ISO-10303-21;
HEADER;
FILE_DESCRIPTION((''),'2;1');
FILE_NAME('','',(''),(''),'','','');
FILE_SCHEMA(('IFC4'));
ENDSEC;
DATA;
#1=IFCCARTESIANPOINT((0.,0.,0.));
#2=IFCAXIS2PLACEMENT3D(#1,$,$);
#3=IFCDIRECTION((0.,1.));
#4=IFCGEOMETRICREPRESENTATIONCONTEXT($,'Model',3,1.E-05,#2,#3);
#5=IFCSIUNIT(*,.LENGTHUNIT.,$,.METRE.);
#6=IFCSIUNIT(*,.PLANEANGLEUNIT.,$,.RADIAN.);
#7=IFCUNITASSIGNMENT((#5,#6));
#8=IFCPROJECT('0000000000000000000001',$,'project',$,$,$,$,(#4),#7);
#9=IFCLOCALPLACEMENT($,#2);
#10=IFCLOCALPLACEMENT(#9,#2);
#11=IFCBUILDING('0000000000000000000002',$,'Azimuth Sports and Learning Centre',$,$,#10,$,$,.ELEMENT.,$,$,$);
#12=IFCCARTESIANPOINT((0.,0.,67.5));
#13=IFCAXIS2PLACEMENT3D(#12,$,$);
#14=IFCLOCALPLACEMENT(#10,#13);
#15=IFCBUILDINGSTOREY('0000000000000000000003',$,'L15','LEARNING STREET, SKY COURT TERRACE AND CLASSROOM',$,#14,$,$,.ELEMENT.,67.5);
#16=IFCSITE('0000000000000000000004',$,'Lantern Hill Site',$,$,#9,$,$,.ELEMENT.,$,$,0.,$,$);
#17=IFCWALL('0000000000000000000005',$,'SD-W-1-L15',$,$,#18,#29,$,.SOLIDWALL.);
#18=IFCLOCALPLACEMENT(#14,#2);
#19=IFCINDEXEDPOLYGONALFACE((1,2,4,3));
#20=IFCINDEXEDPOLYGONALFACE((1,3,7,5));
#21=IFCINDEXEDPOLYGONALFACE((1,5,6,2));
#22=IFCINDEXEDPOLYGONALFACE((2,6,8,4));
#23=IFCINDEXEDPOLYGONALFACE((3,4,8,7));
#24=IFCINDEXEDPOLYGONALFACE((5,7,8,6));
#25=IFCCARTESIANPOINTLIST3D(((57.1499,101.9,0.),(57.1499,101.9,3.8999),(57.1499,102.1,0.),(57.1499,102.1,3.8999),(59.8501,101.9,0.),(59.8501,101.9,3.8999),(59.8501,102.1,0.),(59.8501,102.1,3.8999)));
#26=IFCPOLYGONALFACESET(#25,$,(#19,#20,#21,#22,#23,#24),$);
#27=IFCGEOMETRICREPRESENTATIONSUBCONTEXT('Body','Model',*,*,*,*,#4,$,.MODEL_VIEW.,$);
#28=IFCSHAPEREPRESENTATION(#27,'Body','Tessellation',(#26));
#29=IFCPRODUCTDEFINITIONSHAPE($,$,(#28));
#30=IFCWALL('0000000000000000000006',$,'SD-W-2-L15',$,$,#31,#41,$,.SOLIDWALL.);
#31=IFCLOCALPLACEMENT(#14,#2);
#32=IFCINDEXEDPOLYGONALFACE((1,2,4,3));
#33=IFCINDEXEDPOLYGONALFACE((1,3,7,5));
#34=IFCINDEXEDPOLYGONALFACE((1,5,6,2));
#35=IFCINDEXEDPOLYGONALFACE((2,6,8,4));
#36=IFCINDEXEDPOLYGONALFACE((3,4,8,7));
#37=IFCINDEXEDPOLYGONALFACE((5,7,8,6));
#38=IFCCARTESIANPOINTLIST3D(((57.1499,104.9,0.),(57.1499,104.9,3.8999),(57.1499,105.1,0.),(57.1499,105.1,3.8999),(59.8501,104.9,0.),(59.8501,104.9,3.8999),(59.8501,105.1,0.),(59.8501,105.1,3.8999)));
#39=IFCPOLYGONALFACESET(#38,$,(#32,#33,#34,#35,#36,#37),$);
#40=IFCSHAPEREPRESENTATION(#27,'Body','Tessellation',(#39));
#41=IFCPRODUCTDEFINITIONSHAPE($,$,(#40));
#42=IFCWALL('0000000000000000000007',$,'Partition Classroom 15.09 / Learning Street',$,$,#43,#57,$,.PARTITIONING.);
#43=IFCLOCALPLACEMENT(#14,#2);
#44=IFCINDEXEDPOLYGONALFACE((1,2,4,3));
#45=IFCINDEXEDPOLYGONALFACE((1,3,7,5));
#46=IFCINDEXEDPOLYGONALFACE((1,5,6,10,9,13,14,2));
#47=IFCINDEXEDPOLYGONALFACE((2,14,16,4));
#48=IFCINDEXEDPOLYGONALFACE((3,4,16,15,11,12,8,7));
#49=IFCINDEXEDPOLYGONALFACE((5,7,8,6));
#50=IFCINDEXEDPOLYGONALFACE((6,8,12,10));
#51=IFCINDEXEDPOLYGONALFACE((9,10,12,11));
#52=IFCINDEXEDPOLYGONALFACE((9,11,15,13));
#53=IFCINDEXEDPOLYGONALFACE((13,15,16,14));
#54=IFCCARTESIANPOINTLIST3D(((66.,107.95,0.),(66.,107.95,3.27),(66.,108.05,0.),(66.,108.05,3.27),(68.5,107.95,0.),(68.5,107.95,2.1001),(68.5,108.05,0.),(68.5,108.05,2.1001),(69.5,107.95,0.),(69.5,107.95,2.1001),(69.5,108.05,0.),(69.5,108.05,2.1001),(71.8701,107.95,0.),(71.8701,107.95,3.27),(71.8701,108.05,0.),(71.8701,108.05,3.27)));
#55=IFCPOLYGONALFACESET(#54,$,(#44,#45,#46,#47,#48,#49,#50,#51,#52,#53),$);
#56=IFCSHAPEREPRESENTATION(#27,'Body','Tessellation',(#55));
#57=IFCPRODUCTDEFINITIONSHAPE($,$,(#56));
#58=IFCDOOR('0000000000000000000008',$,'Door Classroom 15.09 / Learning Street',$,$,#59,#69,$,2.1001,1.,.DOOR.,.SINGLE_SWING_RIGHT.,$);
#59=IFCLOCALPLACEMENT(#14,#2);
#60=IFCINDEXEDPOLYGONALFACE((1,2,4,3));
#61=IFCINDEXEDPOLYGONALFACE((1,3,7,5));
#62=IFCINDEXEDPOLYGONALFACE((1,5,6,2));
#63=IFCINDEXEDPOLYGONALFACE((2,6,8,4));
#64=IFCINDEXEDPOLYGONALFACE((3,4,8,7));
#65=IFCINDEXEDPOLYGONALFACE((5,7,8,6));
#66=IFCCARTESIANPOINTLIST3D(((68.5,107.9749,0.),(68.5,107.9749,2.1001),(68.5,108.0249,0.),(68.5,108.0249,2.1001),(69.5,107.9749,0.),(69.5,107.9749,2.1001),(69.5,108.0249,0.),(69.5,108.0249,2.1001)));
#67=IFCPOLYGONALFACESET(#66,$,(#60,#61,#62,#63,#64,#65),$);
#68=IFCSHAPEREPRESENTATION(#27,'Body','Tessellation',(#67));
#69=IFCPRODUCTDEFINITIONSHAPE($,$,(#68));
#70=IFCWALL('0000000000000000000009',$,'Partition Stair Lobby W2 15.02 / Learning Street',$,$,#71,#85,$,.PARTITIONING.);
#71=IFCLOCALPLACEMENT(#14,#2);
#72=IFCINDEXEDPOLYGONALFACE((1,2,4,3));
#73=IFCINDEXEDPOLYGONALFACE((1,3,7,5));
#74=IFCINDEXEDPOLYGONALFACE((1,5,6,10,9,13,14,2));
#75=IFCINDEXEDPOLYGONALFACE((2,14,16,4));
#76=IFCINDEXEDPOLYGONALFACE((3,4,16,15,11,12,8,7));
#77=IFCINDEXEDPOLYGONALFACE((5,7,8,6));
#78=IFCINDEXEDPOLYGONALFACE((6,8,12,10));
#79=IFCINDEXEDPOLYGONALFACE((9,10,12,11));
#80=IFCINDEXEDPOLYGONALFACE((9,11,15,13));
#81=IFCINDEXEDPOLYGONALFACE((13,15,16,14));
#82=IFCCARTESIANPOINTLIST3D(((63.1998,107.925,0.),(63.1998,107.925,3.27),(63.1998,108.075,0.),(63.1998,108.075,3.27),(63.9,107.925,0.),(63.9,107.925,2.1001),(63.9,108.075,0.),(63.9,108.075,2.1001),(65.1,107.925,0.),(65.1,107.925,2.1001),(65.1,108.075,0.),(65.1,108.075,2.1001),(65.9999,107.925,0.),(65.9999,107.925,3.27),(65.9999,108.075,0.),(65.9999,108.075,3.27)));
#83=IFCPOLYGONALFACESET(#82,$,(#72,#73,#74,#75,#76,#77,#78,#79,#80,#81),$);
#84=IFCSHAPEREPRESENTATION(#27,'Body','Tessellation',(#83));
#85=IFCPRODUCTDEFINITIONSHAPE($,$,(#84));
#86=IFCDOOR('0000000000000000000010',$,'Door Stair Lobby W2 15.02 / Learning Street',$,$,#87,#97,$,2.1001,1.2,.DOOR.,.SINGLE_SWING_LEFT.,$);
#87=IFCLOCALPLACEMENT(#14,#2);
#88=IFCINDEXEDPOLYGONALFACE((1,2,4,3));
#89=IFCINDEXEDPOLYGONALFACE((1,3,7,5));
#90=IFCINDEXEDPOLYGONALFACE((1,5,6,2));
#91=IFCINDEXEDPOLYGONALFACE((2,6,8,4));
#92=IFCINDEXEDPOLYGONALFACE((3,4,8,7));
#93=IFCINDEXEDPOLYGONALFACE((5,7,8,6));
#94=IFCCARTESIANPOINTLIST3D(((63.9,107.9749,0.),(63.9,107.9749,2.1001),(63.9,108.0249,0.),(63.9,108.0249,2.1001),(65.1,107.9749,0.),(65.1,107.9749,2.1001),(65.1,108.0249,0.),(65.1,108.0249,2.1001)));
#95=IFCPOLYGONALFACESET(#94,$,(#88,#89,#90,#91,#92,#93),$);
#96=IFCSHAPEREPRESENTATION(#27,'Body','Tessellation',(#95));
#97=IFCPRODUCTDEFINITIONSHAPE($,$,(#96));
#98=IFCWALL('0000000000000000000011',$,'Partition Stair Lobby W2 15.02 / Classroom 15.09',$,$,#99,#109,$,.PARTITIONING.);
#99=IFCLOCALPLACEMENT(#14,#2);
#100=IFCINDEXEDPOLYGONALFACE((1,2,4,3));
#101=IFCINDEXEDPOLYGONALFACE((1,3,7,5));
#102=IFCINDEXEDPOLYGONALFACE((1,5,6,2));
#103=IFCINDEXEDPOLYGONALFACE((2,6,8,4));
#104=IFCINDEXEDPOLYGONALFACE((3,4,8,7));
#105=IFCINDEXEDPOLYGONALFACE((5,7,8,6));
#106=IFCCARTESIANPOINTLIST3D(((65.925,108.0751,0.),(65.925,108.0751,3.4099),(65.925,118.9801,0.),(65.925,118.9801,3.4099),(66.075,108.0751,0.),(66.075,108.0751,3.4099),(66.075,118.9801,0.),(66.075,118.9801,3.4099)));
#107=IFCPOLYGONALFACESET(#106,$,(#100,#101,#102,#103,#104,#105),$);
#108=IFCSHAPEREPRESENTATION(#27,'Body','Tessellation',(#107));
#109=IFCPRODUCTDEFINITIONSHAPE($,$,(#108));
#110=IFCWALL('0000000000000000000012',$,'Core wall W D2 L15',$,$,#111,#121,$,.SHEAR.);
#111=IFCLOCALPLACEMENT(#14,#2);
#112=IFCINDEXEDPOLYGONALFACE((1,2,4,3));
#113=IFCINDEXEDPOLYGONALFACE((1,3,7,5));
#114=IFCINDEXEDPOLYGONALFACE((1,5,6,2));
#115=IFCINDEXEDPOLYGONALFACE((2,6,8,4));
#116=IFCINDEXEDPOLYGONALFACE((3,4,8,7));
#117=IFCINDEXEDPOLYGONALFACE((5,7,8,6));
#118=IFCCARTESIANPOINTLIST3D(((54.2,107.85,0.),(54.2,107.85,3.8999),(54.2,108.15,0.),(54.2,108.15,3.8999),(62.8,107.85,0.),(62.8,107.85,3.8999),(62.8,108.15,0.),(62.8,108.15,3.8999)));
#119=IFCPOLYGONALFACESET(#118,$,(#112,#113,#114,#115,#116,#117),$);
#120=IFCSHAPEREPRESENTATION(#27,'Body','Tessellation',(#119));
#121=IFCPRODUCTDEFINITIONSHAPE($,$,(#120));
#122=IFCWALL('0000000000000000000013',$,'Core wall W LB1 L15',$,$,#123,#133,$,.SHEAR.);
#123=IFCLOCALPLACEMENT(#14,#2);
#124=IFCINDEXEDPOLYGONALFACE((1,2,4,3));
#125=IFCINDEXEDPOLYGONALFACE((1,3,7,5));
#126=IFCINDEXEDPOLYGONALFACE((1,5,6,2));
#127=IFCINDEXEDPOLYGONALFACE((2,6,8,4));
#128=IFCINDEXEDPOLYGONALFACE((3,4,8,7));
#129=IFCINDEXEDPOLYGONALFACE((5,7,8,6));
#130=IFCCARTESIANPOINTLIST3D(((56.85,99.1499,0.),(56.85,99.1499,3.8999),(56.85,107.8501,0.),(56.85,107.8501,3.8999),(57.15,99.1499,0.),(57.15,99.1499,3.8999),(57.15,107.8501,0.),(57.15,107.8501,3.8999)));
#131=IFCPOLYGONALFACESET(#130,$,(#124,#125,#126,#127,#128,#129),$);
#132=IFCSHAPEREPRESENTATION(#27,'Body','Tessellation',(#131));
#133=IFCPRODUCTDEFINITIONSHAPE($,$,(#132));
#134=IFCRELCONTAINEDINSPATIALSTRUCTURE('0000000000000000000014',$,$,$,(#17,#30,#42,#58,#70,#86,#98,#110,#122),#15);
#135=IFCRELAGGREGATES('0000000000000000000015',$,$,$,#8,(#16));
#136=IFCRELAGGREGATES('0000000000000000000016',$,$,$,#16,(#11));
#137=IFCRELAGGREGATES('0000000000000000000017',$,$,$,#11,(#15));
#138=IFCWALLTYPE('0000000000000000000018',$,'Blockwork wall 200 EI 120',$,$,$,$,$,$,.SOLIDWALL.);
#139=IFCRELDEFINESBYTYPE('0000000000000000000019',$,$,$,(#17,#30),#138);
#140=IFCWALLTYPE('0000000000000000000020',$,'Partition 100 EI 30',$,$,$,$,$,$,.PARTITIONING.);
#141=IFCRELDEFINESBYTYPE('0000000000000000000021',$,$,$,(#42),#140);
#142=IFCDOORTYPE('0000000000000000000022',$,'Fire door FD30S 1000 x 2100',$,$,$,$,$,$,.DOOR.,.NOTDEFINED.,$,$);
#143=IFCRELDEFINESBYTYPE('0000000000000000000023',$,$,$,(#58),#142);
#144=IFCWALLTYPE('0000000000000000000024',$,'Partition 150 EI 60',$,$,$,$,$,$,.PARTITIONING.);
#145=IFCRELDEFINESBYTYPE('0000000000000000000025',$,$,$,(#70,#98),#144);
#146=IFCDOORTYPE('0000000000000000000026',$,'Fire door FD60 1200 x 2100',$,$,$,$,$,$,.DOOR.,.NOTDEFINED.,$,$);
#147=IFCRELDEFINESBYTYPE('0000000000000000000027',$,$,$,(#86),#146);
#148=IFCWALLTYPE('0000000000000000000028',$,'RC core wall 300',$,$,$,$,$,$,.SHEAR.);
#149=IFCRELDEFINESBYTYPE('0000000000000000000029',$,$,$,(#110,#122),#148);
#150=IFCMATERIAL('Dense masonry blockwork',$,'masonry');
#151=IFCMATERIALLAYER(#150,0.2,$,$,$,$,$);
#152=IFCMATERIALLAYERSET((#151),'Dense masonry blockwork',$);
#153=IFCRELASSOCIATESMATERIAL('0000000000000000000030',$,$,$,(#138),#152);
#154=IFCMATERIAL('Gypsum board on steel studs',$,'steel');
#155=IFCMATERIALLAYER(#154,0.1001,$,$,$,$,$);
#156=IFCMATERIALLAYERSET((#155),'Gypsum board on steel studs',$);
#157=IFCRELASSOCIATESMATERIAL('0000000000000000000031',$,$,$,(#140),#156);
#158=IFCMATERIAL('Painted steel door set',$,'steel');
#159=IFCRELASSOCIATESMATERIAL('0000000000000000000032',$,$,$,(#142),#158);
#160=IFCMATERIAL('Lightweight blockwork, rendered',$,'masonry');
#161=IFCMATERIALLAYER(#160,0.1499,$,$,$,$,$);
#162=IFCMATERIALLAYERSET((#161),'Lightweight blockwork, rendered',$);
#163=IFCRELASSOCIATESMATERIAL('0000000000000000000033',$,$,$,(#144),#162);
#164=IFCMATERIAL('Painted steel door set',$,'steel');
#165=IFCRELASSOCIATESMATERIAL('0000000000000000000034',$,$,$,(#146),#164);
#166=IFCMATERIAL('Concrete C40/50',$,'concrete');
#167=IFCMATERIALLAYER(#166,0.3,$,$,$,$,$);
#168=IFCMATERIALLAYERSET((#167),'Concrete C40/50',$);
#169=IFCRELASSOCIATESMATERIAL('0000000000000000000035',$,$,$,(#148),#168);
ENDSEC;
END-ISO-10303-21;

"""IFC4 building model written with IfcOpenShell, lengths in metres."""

from ifc_helpers import new_model, si_unit, direction, frame, frame_2d, origin, place, context, subcontext, project, spatial, rectangle, extrude, material, layer, layer_set, type_object, element, fill, save


model = new_model("IFC4")

# Units and contexts
model_context = context("Model", 3, precision=1e-05, world=origin(), true_north=direction((0.0, 1.0)))
body_context = subcontext(model_context, "Body", "Model", "MODEL_VIEW")
ifc_project = project(units=[si_unit("LENGTHUNIT", "METRE"), si_unit("PLANEANGLEUNIT", "RADIAN")], contexts=[model_context])

# Site, building, storey
site_placement = place(None, origin())
site = spatial("IfcSite", under=ifc_project, at=site_placement, Name="Lantern Hill Site", CompositionType="ELEMENT", RefElevation=0.0)
building_placement = place(site_placement, origin())
building = spatial("IfcBuilding", under=site, at=building_placement, Name="Azimuth Sports and Learning Centre", CompositionType="ELEMENT")
storey_placement = place(building_placement, frame((0.0, 0.0, 67.5)))
storey = spatial("IfcBuildingStorey", under=building, at=storey_placement, Name="L15", Description="LEARNING STREET, SKY COURT TERRACE AND CLASSROOM", CompositionType="ELEMENT", Elevation=67.5)

# Walls
ifc_material_1 = material(Name="Dense masonry blockwork", Category="masonry")
ifc_layer_1 = layer(ifc_material_1, 0.2)
ifc_layer_set_1 = layer_set([ifc_layer_1], Name="Dense masonry blockwork")
wall_type_1 = type_object("IfcWallType", Name="Blockwork wall 200 EI 120", PredefinedType="SOLIDWALL", material=ifc_layer_set_1)
for number, where, z_axis, x_axis, name in (
    (1, (57.1499, 102.0, 0.0), (0.0, 0.0, 1.0), (1.0, 0.0, 0.0), "SD-W-1-L15"),
    (2, (57.1499, 105.0, 0.0), (0.0, 0.0, 1.0), (1.0, 0.0, 0.0), "SD-W-2-L15"),
):
    element("IfcWall", number, at=place(storey_placement, frame(where, z_axis=z_axis, x_axis=x_axis)), inside=storey, type_object=wall_type_1, Name=name, PredefinedType="SOLIDWALL", context=body_context, shape_type="SweptSolid", body=[
        extrude(rectangle(XDim=2.7002, YDim=0.2, at=frame_2d((1.3501, 0.0))), origin(), (0.0, 0.0, 1.0), 3.8999),
    ])

# Walls, openings, doors
ifc_material_2 = material(Name="Gypsum board on steel studs", Category="steel")
ifc_layer_2 = layer(ifc_material_2, 0.1001)
ifc_layer_set_2 = layer_set([ifc_layer_2], Name="Gypsum board on steel studs")
wall_type_2 = type_object("IfcWallType", Name="Partition 100 EI 30", PredefinedType="PARTITIONING", material=ifc_layer_set_2)
wall_1_placement = place(storey_placement, frame((66.0, 108.0, 0.0), z_axis=(0.0, 0.0, 1.0), x_axis=(1.0, 0.0, 0.0)))
wall_1 = element("IfcWall", 3, at=wall_1_placement, inside=storey, type_object=wall_type_2, Name="Partition Classroom 15.09 / Learning Street", PredefinedType="PARTITIONING", context=body_context, shape_type="SweptSolid", body=[
    extrude(rectangle(XDim=5.8701, YDim=0.1001, at=frame_2d((2.9351, 0.0))), origin(), (0.0, 0.0, 1.0), 3.27),
])
opening_1_placement = place(wall_1_placement, frame((2.5, 0.0, 0.0)))
opening_1 = element("IfcOpeningElement", 4, at=opening_1_placement, cuts=wall_1, PredefinedType="OPENING", context=body_context, shape_type="SweptSolid", body=[
    extrude(rectangle(XDim=1.0, YDim=2.1001, at=frame_2d((0.5, 1.05))), frame((0.0, 0.061, 0.0), z_axis=(0.0, -1.0, 0.0), x_axis=(1.0, 0.0, 0.0)), (0.0, 0.0, 1.0), 0.1221),
])
ifc_material_3 = material(Name="Painted steel door set", Category="steel")
door_type_1 = type_object("IfcDoorType", Name="Fire door FD30S 1000 x 2100", OperationType="NOTDEFINED", PredefinedType="DOOR", material=ifc_material_3)
door_1_placement = place(opening_1_placement, origin())
door_1 = element("IfcDoor", 5, at=door_1_placement, inside=storey, type_object=door_type_1, Name="Door Classroom 15.09 / Learning Street", OperationType="SINGLE_SWING_RIGHT", OverallHeight=2.1001, OverallWidth=1.0, PredefinedType="DOOR", context=body_context, shape_type="SweptSolid", body=[
    extrude(rectangle(XDim=1.0, YDim=2.1001, at=frame_2d((0.5, 1.05))), frame((0.0, 0.0249, 0.0), z_axis=(0.0, -1.0, 0.0), x_axis=(1.0, 0.0, 0.0)), (0.0, 0.0, 1.0), 0.05),
])
fill(opening_1, door_1)
ifc_material_4 = material(Name="Lightweight blockwork, rendered", Category="masonry")
ifc_layer_3 = layer(ifc_material_4, 0.1499)
ifc_layer_set_3 = layer_set([ifc_layer_3], Name="Lightweight blockwork, rendered")
wall_type_3 = type_object("IfcWallType", Name="Partition 150 EI 60", PredefinedType="PARTITIONING", material=ifc_layer_set_3)
wall_2_placement = place(storey_placement, frame((63.2, 108.0, 0.0), z_axis=(0.0, 0.0, 1.0), x_axis=(1.0, 0.0, 0.0)))
wall_2 = element("IfcWall", 6, at=wall_2_placement, inside=storey, type_object=wall_type_3, Name="Partition Stair Lobby W2 15.02 / Learning Street", PredefinedType="PARTITIONING", context=body_context, shape_type="SweptSolid", body=[
    extrude(rectangle(XDim=2.8, YDim=0.1499, at=frame_2d((1.3999, 0.0))), origin(), (0.0, 0.0, 1.0), 3.27),
])
opening_2_placement = place(wall_2_placement, frame((0.7, 0.0, 0.0)))
opening_2 = element("IfcOpeningElement", 7, at=opening_2_placement, cuts=wall_2, PredefinedType="OPENING", context=body_context, shape_type="SweptSolid", body=[
    extrude(rectangle(XDim=1.2, YDim=2.1001, at=frame_2d((0.6001, 1.05))), frame((0.0, 0.0859, 0.0), z_axis=(0.0, -1.0, 0.0), x_axis=(1.0, 0.0, 0.0)), (0.0, 0.0, 1.0), 0.1719),
])
ifc_material_5 = material(Name="Painted steel door set", Category="steel")
door_type_2 = type_object("IfcDoorType", Name="Fire door FD60 1200 x 2100", OperationType="NOTDEFINED", PredefinedType="DOOR", material=ifc_material_5)
door_2_placement = place(opening_2_placement, origin())
door_2 = element("IfcDoor", 8, at=door_2_placement, inside=storey, type_object=door_type_2, Name="Door Stair Lobby W2 15.02 / Learning Street", OperationType="SINGLE_SWING_LEFT", OverallHeight=2.1001, OverallWidth=1.2, PredefinedType="DOOR", context=body_context, shape_type="SweptSolid", body=[
    extrude(rectangle(XDim=1.2, YDim=2.1001, at=frame_2d((0.6001, 1.05))), frame((0.0, 0.0249, 0.0), z_axis=(0.0, -1.0, 0.0), x_axis=(1.0, 0.0, 0.0)), (0.0, 0.0, 1.0), 0.05),
])
fill(opening_2, door_2)

# Walls
wall_3_placement = place(storey_placement, frame((66.0, 108.075, 0.0), z_axis=(0.0, 0.0, 1.0), x_axis=(0.0, 1.0, 0.0)))
element("IfcWall", 9, at=wall_3_placement, inside=storey, type_object=wall_type_3, Name="Partition Stair Lobby W2 15.02 / Classroom 15.09", PredefinedType="PARTITIONING", context=body_context, shape_type="SweptSolid", body=[
    extrude(rectangle(XDim=10.905, YDim=0.1499, at=frame_2d((5.4526, 0.0))), origin(), (0.0, 0.0, 1.0), 3.4099),
])
ifc_material_6 = material(Name="Concrete C40/50", Category="concrete")
ifc_layer_4 = layer(ifc_material_6, 0.3)
ifc_layer_set_4 = layer_set([ifc_layer_4], Name="Concrete C40/50")
wall_type_4 = type_object("IfcWallType", Name="RC core wall 300", PredefinedType="SHEAR", material=ifc_layer_set_4)
wall_4_placement = place(storey_placement, frame((54.2, 108.0, 0.0), z_axis=(0.0, 0.0, 1.0), x_axis=(1.0, 0.0, 0.0)))
element("IfcWall", 10, at=wall_4_placement, inside=storey, type_object=wall_type_4, Name="Core wall W D2 L15", PredefinedType="SHEAR", context=body_context, shape_type="SweptSolid", body=[
    extrude(rectangle(XDim=8.6001, YDim=0.3, at=frame_2d((4.3, 0.0))), origin(), (0.0, 0.0, 1.0), 3.8999),
])
wall_5_placement = place(storey_placement, frame((57.0, 99.1499, 0.0), z_axis=(0.0, 0.0, 1.0), x_axis=(0.0, 1.0, 0.0)))
element("IfcWall", 11, at=wall_5_placement, inside=storey, type_object=wall_type_4, Name="Core wall W LB1 L15", PredefinedType="SHEAR", context=body_context, shape_type="SweptSolid", body=[
    extrude(rectangle(XDim=8.7002, YDim=0.3, at=frame_2d((4.3501, 0.0))), origin(), (0.0, 0.0, 1.0), 3.8999),
])

save(model, "model.ifc")
